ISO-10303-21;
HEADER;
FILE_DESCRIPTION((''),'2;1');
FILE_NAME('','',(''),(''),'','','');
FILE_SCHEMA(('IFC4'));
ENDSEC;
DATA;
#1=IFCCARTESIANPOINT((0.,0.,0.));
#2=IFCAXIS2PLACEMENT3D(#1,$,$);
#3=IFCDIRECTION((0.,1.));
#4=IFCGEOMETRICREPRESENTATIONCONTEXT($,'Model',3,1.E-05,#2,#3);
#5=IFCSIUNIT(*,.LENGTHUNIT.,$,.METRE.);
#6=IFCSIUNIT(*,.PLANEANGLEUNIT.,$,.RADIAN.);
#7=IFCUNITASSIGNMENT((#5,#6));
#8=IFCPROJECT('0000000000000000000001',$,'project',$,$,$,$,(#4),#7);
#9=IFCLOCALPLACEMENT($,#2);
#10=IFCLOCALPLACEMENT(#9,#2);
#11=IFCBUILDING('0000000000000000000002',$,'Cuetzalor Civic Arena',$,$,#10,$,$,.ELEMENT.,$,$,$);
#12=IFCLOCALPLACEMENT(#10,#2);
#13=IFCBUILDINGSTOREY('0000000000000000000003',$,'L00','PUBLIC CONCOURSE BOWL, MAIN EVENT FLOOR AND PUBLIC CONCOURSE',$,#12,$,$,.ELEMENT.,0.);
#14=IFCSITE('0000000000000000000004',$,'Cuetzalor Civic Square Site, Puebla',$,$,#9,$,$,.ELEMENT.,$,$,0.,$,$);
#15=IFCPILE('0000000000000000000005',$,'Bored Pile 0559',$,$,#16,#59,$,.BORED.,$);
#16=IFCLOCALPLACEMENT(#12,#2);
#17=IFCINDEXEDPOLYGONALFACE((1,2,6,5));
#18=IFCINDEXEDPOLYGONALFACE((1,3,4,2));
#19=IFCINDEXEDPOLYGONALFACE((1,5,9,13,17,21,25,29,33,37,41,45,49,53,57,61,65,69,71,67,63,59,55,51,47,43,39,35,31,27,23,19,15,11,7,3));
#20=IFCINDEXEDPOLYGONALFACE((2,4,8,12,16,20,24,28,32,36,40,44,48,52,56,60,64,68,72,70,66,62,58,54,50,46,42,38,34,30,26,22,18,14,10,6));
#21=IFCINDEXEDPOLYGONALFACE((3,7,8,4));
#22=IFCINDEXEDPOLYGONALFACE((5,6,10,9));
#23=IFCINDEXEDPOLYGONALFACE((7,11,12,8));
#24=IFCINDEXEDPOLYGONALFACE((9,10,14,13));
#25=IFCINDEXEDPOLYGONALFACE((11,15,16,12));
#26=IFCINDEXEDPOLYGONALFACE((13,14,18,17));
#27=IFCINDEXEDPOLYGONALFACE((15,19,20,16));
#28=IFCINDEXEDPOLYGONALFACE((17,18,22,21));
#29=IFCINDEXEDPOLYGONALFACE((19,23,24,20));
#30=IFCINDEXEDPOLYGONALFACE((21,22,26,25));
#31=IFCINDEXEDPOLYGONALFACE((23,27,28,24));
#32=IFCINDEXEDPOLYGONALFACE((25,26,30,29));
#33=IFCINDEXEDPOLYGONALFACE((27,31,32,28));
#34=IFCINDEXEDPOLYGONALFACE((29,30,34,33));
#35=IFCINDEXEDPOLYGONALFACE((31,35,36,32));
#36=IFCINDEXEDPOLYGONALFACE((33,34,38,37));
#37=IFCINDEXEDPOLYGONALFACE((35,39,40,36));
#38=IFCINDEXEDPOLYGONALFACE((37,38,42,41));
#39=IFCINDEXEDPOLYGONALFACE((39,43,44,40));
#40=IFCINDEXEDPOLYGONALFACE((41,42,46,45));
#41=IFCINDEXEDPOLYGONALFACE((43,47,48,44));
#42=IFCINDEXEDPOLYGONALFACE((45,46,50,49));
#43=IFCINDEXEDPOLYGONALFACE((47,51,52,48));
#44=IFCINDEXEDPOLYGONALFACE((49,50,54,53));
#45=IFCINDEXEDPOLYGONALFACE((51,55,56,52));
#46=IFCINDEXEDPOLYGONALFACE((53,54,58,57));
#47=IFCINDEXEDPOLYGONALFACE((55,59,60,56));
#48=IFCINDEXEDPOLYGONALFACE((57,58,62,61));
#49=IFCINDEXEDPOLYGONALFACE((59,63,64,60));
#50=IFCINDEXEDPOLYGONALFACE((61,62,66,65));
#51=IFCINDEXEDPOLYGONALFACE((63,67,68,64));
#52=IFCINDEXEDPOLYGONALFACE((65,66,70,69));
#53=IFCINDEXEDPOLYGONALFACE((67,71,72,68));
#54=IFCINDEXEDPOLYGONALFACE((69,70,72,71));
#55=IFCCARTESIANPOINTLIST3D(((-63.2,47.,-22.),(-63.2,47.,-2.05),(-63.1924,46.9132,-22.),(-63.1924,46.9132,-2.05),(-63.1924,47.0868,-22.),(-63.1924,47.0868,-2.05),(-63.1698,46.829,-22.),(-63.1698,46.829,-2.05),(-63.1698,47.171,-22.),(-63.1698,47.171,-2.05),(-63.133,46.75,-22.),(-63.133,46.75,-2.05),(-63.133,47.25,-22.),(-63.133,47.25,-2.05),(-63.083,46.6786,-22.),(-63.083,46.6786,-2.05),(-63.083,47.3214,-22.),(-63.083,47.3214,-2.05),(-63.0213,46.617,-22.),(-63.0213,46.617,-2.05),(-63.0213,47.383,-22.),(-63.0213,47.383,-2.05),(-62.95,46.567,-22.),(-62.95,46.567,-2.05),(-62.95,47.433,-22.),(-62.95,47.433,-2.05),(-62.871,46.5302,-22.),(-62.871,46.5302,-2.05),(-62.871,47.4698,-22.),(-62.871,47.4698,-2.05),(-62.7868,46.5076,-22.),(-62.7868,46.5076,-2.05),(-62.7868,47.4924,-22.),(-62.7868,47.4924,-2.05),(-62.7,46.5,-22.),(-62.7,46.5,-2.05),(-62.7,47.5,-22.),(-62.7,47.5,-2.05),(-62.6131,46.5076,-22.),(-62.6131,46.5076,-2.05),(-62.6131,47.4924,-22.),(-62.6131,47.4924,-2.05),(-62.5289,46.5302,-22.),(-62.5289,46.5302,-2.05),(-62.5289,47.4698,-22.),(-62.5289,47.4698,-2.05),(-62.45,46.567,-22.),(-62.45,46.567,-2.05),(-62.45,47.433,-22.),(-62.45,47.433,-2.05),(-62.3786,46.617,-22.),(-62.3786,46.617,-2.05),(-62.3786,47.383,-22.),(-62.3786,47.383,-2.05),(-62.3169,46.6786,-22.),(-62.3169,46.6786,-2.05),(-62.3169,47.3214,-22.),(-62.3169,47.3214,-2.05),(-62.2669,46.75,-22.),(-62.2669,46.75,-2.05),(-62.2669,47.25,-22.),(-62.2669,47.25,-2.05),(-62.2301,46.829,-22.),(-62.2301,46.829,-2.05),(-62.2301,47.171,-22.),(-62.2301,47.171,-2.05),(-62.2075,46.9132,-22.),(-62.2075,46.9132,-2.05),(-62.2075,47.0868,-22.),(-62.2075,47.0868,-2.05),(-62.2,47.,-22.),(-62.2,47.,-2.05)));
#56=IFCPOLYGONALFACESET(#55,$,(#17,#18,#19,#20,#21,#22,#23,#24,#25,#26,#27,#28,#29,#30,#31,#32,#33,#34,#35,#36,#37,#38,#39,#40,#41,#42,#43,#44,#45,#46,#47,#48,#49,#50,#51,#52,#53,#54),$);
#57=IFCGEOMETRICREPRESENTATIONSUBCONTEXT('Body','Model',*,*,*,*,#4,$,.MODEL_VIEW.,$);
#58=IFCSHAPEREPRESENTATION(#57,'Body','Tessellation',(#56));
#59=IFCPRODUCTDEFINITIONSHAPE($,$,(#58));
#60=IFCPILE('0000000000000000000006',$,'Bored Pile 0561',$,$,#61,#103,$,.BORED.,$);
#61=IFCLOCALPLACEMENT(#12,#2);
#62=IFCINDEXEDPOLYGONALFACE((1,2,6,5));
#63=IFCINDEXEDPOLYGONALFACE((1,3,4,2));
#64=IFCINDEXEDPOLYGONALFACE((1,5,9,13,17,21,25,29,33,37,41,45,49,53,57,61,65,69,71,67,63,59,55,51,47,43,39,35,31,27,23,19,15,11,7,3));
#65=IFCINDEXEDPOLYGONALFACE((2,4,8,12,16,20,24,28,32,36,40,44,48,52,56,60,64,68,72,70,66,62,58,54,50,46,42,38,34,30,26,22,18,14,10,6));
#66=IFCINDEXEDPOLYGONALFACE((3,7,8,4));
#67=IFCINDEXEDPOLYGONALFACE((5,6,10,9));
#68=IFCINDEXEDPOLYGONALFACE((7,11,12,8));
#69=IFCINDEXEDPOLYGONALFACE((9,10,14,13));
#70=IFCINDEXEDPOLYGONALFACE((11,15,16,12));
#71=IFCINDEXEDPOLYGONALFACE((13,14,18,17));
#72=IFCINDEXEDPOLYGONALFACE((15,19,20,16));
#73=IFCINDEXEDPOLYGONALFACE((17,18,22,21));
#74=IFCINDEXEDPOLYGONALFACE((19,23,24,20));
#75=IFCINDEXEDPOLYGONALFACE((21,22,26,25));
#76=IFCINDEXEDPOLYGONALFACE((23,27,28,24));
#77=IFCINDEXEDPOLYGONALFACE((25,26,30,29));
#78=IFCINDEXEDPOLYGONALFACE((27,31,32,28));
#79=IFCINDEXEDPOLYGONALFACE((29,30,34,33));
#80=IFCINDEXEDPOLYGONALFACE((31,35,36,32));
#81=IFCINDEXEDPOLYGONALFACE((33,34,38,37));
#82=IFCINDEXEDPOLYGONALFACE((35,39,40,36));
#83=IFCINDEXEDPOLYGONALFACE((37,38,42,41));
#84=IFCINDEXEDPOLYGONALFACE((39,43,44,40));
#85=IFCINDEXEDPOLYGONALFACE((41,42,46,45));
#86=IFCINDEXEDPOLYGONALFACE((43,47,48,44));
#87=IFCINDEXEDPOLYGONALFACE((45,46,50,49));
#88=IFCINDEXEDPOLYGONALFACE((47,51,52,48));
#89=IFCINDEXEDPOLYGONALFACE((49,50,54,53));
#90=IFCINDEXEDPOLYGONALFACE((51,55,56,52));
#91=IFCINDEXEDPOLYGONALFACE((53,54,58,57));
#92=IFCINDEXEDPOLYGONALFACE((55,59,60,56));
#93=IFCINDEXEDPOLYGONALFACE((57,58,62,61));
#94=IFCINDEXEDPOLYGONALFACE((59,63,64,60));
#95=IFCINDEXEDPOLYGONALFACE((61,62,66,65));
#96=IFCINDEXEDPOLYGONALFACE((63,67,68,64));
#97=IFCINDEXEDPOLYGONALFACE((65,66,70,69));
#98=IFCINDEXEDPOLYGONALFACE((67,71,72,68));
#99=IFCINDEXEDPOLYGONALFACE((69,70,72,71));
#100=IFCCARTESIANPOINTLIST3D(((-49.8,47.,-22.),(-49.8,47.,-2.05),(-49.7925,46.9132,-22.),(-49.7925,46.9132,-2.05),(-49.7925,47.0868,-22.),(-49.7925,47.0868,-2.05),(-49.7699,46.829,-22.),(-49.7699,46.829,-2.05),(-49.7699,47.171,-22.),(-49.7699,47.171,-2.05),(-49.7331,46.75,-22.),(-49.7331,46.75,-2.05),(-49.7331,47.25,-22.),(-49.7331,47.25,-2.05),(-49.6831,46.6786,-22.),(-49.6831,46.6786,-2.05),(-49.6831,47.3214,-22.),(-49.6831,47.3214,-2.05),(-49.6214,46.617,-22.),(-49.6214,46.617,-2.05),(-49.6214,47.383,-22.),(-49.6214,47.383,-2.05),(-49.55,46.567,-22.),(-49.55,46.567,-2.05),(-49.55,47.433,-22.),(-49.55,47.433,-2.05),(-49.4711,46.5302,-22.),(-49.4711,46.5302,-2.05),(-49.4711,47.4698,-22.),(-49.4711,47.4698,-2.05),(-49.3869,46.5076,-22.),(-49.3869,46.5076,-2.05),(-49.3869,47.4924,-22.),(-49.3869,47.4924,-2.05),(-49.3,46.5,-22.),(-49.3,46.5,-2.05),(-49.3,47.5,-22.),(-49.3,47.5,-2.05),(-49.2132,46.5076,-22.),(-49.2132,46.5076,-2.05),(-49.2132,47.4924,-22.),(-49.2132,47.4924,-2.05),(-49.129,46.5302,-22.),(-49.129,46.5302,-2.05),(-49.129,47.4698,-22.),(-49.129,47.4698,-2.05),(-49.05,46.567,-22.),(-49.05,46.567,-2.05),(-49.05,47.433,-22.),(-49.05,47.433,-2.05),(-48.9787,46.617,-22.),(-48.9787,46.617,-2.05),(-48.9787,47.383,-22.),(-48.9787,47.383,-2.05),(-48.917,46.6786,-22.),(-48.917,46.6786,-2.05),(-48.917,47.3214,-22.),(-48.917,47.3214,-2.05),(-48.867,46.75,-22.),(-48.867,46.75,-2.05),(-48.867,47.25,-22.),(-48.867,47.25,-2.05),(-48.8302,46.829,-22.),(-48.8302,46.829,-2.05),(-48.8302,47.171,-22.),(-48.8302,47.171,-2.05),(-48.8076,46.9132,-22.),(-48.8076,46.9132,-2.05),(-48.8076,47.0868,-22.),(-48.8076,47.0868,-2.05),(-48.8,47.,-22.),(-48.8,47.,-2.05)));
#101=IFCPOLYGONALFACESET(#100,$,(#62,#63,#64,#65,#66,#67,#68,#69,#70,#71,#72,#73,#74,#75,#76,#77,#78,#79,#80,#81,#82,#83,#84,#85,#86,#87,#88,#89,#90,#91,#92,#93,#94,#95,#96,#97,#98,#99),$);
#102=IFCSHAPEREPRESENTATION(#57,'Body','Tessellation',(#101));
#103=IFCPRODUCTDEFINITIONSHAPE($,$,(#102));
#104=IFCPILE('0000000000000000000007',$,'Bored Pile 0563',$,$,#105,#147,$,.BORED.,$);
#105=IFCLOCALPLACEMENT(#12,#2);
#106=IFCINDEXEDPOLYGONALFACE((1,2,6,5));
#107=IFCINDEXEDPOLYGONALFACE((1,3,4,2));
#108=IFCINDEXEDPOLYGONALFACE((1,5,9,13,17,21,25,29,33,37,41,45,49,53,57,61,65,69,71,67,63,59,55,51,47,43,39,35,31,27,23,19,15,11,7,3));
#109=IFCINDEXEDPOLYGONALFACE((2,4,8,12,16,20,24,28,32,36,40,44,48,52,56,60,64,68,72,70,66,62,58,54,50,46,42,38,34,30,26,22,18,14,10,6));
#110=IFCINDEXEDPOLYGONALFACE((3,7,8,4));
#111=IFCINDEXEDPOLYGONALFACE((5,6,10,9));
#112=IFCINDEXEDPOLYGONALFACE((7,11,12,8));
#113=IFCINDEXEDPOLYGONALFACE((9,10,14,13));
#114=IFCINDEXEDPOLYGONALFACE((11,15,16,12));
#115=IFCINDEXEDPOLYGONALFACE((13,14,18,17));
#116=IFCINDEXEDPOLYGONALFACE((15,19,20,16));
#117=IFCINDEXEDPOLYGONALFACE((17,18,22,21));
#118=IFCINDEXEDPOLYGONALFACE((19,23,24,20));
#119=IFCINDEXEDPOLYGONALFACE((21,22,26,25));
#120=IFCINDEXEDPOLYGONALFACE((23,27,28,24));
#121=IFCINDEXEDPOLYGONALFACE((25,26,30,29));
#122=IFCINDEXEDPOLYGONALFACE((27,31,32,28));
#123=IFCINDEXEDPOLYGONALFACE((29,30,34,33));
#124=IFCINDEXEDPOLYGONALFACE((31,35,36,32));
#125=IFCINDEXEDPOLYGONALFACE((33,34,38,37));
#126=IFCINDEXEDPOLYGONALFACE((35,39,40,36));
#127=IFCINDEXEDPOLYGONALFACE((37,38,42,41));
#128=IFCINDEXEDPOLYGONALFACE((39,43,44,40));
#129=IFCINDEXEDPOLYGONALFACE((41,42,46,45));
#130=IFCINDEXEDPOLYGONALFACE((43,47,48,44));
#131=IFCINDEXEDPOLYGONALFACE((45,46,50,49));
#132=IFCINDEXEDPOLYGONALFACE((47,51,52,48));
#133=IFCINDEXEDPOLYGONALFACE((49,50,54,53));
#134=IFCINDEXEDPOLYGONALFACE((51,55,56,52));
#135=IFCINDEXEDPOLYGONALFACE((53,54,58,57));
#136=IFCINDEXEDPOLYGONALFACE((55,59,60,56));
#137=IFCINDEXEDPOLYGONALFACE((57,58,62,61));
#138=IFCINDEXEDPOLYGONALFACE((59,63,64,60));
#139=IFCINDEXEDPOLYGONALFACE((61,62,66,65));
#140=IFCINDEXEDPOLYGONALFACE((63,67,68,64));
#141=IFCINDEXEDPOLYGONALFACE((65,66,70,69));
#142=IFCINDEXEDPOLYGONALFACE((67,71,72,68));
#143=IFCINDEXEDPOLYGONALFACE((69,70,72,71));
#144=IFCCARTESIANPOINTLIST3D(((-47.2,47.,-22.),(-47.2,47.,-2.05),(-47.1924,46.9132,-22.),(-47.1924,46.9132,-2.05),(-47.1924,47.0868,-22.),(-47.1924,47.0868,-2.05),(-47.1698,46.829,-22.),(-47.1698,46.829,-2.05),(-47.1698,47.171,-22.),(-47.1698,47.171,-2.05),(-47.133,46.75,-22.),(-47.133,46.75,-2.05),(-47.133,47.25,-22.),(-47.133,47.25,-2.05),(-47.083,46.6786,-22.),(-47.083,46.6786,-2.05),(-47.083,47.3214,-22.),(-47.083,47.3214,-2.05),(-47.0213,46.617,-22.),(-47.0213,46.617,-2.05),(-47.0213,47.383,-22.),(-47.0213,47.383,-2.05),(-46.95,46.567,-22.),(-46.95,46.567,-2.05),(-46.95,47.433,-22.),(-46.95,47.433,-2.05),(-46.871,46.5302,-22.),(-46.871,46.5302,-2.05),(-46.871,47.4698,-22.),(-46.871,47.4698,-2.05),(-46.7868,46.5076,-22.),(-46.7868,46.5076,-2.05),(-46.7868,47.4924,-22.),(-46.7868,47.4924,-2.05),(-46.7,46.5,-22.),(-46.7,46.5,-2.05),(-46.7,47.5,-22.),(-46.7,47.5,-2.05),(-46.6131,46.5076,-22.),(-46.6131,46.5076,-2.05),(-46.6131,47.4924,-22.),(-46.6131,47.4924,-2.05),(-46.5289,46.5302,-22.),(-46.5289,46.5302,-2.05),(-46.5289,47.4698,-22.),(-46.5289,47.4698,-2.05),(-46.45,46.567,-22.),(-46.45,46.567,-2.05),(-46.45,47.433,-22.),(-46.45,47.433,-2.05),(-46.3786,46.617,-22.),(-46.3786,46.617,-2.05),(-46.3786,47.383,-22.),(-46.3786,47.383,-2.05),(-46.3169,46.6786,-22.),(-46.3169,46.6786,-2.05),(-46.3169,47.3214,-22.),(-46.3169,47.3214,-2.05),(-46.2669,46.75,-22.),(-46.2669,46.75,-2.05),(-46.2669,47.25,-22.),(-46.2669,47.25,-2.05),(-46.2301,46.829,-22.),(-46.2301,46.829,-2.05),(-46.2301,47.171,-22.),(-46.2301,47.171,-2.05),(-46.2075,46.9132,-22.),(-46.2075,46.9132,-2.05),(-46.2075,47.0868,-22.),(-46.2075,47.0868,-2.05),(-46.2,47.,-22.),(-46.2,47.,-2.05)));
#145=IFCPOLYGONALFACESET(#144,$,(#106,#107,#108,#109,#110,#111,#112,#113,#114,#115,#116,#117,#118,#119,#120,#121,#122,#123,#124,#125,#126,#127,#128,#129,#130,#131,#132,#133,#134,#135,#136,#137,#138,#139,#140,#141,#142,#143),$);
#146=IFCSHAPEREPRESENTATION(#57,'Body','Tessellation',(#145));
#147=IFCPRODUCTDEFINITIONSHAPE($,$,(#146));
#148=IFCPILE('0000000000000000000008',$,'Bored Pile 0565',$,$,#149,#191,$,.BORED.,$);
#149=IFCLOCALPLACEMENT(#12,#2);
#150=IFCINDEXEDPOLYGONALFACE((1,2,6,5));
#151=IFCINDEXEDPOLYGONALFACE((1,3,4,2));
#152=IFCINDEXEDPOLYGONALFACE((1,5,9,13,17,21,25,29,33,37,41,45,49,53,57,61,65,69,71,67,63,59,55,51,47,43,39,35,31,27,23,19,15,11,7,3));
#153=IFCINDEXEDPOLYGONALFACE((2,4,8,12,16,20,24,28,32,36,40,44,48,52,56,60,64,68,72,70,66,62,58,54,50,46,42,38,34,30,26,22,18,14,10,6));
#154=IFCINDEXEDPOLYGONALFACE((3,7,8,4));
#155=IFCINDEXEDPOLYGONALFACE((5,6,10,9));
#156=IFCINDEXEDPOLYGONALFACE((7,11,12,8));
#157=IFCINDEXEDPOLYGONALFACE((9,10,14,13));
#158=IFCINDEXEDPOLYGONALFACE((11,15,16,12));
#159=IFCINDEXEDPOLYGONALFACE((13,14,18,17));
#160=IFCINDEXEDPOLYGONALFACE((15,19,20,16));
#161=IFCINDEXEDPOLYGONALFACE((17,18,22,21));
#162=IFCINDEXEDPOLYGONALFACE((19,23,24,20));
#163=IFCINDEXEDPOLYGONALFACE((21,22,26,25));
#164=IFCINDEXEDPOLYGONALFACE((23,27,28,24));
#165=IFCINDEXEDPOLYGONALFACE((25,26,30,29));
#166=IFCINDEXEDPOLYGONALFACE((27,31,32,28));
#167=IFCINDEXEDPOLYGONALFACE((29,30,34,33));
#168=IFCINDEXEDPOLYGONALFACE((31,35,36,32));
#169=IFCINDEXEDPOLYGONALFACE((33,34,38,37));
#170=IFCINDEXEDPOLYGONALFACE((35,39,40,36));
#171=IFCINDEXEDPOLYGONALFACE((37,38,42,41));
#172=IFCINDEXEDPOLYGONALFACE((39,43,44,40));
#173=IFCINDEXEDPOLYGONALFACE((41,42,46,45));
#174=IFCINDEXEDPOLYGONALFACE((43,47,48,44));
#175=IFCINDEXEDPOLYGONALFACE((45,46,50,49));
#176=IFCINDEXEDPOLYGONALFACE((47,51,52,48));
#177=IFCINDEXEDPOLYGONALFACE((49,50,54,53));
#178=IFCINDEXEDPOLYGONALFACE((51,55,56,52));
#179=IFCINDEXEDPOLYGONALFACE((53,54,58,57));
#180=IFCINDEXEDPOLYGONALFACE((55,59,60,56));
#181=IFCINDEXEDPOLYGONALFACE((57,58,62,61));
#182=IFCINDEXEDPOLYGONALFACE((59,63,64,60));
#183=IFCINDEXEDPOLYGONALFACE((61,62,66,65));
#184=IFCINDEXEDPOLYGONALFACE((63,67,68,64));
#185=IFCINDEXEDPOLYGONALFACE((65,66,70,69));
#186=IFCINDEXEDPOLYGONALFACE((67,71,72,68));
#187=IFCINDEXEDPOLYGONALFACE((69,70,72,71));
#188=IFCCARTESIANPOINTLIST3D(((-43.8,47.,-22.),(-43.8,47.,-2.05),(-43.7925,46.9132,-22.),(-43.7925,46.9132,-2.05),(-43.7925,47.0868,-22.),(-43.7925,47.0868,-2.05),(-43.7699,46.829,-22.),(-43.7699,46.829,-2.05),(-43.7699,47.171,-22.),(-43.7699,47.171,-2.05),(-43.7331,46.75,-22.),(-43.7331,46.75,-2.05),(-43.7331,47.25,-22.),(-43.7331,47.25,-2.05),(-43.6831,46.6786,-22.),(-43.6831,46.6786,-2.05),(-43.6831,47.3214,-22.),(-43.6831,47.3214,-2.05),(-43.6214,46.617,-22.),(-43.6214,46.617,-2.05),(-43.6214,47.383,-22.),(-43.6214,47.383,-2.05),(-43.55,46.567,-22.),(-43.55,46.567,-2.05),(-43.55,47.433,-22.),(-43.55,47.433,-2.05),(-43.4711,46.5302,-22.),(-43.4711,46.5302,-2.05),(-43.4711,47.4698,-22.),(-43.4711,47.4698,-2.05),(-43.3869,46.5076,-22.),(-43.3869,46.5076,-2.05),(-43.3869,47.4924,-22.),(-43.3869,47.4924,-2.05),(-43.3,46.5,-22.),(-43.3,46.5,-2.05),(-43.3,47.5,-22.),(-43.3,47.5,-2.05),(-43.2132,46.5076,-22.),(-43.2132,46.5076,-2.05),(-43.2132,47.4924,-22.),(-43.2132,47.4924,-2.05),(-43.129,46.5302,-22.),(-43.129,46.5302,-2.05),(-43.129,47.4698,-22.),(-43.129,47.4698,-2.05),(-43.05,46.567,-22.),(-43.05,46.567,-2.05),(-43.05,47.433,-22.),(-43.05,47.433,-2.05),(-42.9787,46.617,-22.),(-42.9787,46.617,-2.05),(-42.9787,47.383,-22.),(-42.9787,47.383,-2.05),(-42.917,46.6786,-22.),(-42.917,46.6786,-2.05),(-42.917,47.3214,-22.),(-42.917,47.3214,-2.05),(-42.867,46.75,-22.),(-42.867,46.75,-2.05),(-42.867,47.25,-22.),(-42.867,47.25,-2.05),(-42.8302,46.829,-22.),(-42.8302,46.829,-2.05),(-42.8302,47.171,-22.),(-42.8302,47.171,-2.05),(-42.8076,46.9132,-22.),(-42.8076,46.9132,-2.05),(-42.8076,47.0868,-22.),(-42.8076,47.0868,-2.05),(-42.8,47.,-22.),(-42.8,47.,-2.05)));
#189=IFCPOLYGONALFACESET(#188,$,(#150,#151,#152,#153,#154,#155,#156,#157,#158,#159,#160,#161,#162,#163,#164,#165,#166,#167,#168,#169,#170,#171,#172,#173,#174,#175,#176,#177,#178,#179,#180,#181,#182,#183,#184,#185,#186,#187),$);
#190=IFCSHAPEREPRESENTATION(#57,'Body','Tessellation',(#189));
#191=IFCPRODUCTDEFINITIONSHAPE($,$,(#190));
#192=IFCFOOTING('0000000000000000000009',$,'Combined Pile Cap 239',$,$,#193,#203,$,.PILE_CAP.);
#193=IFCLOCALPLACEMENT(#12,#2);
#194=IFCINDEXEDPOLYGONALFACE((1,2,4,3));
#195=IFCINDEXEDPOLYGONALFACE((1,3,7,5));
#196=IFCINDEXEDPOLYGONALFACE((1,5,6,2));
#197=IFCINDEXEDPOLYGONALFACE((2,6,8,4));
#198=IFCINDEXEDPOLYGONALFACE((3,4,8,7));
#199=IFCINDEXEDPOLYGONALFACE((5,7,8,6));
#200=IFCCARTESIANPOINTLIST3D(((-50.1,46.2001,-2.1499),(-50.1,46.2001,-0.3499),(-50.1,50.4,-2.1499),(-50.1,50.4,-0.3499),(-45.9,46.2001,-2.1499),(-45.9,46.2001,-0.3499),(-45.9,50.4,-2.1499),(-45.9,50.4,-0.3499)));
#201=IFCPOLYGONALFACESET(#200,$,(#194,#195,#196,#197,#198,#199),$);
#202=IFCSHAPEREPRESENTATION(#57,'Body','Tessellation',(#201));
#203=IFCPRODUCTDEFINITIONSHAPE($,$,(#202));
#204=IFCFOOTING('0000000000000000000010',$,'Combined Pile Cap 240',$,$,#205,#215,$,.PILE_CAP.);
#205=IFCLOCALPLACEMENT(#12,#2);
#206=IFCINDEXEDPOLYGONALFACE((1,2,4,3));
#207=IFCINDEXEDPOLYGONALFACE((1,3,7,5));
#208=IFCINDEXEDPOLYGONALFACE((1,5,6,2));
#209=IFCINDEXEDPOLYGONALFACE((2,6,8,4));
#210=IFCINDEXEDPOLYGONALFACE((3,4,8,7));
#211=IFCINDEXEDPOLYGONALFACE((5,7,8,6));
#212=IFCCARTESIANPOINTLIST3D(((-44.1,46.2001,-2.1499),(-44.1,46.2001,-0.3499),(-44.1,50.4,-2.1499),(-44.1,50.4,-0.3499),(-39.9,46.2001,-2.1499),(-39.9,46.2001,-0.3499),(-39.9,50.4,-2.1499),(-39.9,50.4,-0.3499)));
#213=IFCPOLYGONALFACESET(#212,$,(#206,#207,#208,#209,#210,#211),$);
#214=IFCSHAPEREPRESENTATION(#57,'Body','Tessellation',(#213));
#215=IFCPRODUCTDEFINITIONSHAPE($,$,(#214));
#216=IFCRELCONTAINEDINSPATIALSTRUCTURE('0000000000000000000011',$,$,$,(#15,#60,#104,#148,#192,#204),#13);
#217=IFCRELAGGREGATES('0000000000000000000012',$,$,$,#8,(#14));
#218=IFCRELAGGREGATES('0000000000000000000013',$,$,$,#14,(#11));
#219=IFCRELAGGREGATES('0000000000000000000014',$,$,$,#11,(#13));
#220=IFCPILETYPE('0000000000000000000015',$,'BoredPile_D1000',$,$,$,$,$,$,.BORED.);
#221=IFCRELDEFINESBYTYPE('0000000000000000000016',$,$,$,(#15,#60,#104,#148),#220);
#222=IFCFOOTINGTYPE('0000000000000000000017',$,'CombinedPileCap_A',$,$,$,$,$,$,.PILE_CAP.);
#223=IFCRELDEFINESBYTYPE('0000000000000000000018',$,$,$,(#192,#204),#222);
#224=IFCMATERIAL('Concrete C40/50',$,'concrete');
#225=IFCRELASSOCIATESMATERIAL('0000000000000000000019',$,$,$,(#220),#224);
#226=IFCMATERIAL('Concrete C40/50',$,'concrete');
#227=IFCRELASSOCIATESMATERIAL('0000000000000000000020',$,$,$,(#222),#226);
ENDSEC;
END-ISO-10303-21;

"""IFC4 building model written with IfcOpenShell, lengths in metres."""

from ifc_helpers import new_model, si_unit, direction, frame, origin, origin_2d, place, context, subcontext, project, spatial, rectangle, circle, extrude, material, material_profile, profile_set, type_object, element, save


model = new_model("IFC4")

# Units and contexts
model_context = context("Model", 3, precision=1e-05, world=origin(), true_north=direction((0.0, 1.0)))
body_context = subcontext(model_context, "Body", "Model", "MODEL_VIEW")
ifc_project = project(units=[si_unit("LENGTHUNIT", "METRE"), si_unit("PLANEANGLEUNIT", "RADIAN")], contexts=[model_context])

# Site, building, storey
site_placement = place(None, origin())
site = spatial("IfcSite", under=ifc_project, at=site_placement, Name="Cuetzalor Civic Square Site, Puebla", CompositionType="ELEMENT", RefElevation=0.0)
building_placement = place(site_placement, origin())
building = spatial("IfcBuilding", under=site, at=building_placement, Name="Cuetzalor Civic Arena", CompositionType="ELEMENT")
storey_placement = place(building_placement, origin())
storey = spatial("IfcBuildingStorey", under=building, at=storey_placement, Name="L00", Description="PUBLIC CONCOURSE BOWL, MAIN EVENT FLOOR AND PUBLIC CONCOURSE", CompositionType="ELEMENT", Elevation=0.0)

# Piles
ifc_material_1 = material(Name="Concrete C40/50", Category="concrete")
ifc_material_profile_1 = material_profile(ifc_material_1, circle(Radius=0.5, at=origin_2d()), Name="BORED PILE D1000")
ifc_profile_set_1 = profile_set([ifc_material_profile_1], Name="Concrete C40/50")
pile_type = type_object("IfcPileType", Name="BoredPile_D1000", PredefinedType="BORED", material=ifc_profile_set_1)
for number, where, z_axis, x_axis, name in (
    (1, (-62.7, 47.0, -2.05), (0.0, 0.0, -1.0), (1.0, 0.0, 0.0), "Bored Pile 0559"),
    (2, (-49.3, 47.0, -2.05), (0.0, 0.0, -1.0), (1.0, 0.0, 0.0), "Bored Pile 0561"),
    (3, (-46.7, 47.0, -2.05), (0.0, 0.0, -1.0), (1.0, 0.0, 0.0), "Bored Pile 0563"),
    (4, (-43.3, 47.0, -2.05), (0.0, 0.0, -1.0), (1.0, 0.0, 0.0), "Bored Pile 0565"),
):
    element("IfcPile", number, at=place(storey_placement, frame(where, z_axis=z_axis, x_axis=x_axis)), inside=storey, type_object=pile_type, Name=name, PredefinedType="BORED", context=body_context, shape_type="SweptSolid", body=[
        extrude(circle(Radius=0.5, at=origin_2d()), origin(), (0.0, 0.0, 1.0), 19.95),
    ])

# Footings
ifc_material_2 = material(Name="Concrete C40/50", Category="concrete")
footing_type_1 = type_object("IfcFootingType", Name="CombinedPileCap_A", PredefinedType="PILE_CAP", material=ifc_material_2)
for number, where, z_axis, x_axis, name in (
    (5, (-48.0, 48.3, -2.1499), (0.0, 0.0, 1.0), (1.0, 0.0, 0.0), "Combined Pile Cap 239"),
    (6, (-42.0, 48.3, -2.1499), (0.0, 0.0, 1.0), (1.0, 0.0, 0.0), "Combined Pile Cap 240"),
):
    element("IfcFooting", number, at=place(storey_placement, frame(where, z_axis=z_axis, x_axis=x_axis)), inside=storey, type_object=footing_type_1, Name=name, PredefinedType="PILE_CAP", context=body_context, shape_type="SweptSolid", body=[
        extrude(rectangle(XDim=4.2, YDim=4.2, at=origin_2d()), origin(), (0.0, 0.0, 1.0), 1.8),
    ])

save(model, "model.ifc")
